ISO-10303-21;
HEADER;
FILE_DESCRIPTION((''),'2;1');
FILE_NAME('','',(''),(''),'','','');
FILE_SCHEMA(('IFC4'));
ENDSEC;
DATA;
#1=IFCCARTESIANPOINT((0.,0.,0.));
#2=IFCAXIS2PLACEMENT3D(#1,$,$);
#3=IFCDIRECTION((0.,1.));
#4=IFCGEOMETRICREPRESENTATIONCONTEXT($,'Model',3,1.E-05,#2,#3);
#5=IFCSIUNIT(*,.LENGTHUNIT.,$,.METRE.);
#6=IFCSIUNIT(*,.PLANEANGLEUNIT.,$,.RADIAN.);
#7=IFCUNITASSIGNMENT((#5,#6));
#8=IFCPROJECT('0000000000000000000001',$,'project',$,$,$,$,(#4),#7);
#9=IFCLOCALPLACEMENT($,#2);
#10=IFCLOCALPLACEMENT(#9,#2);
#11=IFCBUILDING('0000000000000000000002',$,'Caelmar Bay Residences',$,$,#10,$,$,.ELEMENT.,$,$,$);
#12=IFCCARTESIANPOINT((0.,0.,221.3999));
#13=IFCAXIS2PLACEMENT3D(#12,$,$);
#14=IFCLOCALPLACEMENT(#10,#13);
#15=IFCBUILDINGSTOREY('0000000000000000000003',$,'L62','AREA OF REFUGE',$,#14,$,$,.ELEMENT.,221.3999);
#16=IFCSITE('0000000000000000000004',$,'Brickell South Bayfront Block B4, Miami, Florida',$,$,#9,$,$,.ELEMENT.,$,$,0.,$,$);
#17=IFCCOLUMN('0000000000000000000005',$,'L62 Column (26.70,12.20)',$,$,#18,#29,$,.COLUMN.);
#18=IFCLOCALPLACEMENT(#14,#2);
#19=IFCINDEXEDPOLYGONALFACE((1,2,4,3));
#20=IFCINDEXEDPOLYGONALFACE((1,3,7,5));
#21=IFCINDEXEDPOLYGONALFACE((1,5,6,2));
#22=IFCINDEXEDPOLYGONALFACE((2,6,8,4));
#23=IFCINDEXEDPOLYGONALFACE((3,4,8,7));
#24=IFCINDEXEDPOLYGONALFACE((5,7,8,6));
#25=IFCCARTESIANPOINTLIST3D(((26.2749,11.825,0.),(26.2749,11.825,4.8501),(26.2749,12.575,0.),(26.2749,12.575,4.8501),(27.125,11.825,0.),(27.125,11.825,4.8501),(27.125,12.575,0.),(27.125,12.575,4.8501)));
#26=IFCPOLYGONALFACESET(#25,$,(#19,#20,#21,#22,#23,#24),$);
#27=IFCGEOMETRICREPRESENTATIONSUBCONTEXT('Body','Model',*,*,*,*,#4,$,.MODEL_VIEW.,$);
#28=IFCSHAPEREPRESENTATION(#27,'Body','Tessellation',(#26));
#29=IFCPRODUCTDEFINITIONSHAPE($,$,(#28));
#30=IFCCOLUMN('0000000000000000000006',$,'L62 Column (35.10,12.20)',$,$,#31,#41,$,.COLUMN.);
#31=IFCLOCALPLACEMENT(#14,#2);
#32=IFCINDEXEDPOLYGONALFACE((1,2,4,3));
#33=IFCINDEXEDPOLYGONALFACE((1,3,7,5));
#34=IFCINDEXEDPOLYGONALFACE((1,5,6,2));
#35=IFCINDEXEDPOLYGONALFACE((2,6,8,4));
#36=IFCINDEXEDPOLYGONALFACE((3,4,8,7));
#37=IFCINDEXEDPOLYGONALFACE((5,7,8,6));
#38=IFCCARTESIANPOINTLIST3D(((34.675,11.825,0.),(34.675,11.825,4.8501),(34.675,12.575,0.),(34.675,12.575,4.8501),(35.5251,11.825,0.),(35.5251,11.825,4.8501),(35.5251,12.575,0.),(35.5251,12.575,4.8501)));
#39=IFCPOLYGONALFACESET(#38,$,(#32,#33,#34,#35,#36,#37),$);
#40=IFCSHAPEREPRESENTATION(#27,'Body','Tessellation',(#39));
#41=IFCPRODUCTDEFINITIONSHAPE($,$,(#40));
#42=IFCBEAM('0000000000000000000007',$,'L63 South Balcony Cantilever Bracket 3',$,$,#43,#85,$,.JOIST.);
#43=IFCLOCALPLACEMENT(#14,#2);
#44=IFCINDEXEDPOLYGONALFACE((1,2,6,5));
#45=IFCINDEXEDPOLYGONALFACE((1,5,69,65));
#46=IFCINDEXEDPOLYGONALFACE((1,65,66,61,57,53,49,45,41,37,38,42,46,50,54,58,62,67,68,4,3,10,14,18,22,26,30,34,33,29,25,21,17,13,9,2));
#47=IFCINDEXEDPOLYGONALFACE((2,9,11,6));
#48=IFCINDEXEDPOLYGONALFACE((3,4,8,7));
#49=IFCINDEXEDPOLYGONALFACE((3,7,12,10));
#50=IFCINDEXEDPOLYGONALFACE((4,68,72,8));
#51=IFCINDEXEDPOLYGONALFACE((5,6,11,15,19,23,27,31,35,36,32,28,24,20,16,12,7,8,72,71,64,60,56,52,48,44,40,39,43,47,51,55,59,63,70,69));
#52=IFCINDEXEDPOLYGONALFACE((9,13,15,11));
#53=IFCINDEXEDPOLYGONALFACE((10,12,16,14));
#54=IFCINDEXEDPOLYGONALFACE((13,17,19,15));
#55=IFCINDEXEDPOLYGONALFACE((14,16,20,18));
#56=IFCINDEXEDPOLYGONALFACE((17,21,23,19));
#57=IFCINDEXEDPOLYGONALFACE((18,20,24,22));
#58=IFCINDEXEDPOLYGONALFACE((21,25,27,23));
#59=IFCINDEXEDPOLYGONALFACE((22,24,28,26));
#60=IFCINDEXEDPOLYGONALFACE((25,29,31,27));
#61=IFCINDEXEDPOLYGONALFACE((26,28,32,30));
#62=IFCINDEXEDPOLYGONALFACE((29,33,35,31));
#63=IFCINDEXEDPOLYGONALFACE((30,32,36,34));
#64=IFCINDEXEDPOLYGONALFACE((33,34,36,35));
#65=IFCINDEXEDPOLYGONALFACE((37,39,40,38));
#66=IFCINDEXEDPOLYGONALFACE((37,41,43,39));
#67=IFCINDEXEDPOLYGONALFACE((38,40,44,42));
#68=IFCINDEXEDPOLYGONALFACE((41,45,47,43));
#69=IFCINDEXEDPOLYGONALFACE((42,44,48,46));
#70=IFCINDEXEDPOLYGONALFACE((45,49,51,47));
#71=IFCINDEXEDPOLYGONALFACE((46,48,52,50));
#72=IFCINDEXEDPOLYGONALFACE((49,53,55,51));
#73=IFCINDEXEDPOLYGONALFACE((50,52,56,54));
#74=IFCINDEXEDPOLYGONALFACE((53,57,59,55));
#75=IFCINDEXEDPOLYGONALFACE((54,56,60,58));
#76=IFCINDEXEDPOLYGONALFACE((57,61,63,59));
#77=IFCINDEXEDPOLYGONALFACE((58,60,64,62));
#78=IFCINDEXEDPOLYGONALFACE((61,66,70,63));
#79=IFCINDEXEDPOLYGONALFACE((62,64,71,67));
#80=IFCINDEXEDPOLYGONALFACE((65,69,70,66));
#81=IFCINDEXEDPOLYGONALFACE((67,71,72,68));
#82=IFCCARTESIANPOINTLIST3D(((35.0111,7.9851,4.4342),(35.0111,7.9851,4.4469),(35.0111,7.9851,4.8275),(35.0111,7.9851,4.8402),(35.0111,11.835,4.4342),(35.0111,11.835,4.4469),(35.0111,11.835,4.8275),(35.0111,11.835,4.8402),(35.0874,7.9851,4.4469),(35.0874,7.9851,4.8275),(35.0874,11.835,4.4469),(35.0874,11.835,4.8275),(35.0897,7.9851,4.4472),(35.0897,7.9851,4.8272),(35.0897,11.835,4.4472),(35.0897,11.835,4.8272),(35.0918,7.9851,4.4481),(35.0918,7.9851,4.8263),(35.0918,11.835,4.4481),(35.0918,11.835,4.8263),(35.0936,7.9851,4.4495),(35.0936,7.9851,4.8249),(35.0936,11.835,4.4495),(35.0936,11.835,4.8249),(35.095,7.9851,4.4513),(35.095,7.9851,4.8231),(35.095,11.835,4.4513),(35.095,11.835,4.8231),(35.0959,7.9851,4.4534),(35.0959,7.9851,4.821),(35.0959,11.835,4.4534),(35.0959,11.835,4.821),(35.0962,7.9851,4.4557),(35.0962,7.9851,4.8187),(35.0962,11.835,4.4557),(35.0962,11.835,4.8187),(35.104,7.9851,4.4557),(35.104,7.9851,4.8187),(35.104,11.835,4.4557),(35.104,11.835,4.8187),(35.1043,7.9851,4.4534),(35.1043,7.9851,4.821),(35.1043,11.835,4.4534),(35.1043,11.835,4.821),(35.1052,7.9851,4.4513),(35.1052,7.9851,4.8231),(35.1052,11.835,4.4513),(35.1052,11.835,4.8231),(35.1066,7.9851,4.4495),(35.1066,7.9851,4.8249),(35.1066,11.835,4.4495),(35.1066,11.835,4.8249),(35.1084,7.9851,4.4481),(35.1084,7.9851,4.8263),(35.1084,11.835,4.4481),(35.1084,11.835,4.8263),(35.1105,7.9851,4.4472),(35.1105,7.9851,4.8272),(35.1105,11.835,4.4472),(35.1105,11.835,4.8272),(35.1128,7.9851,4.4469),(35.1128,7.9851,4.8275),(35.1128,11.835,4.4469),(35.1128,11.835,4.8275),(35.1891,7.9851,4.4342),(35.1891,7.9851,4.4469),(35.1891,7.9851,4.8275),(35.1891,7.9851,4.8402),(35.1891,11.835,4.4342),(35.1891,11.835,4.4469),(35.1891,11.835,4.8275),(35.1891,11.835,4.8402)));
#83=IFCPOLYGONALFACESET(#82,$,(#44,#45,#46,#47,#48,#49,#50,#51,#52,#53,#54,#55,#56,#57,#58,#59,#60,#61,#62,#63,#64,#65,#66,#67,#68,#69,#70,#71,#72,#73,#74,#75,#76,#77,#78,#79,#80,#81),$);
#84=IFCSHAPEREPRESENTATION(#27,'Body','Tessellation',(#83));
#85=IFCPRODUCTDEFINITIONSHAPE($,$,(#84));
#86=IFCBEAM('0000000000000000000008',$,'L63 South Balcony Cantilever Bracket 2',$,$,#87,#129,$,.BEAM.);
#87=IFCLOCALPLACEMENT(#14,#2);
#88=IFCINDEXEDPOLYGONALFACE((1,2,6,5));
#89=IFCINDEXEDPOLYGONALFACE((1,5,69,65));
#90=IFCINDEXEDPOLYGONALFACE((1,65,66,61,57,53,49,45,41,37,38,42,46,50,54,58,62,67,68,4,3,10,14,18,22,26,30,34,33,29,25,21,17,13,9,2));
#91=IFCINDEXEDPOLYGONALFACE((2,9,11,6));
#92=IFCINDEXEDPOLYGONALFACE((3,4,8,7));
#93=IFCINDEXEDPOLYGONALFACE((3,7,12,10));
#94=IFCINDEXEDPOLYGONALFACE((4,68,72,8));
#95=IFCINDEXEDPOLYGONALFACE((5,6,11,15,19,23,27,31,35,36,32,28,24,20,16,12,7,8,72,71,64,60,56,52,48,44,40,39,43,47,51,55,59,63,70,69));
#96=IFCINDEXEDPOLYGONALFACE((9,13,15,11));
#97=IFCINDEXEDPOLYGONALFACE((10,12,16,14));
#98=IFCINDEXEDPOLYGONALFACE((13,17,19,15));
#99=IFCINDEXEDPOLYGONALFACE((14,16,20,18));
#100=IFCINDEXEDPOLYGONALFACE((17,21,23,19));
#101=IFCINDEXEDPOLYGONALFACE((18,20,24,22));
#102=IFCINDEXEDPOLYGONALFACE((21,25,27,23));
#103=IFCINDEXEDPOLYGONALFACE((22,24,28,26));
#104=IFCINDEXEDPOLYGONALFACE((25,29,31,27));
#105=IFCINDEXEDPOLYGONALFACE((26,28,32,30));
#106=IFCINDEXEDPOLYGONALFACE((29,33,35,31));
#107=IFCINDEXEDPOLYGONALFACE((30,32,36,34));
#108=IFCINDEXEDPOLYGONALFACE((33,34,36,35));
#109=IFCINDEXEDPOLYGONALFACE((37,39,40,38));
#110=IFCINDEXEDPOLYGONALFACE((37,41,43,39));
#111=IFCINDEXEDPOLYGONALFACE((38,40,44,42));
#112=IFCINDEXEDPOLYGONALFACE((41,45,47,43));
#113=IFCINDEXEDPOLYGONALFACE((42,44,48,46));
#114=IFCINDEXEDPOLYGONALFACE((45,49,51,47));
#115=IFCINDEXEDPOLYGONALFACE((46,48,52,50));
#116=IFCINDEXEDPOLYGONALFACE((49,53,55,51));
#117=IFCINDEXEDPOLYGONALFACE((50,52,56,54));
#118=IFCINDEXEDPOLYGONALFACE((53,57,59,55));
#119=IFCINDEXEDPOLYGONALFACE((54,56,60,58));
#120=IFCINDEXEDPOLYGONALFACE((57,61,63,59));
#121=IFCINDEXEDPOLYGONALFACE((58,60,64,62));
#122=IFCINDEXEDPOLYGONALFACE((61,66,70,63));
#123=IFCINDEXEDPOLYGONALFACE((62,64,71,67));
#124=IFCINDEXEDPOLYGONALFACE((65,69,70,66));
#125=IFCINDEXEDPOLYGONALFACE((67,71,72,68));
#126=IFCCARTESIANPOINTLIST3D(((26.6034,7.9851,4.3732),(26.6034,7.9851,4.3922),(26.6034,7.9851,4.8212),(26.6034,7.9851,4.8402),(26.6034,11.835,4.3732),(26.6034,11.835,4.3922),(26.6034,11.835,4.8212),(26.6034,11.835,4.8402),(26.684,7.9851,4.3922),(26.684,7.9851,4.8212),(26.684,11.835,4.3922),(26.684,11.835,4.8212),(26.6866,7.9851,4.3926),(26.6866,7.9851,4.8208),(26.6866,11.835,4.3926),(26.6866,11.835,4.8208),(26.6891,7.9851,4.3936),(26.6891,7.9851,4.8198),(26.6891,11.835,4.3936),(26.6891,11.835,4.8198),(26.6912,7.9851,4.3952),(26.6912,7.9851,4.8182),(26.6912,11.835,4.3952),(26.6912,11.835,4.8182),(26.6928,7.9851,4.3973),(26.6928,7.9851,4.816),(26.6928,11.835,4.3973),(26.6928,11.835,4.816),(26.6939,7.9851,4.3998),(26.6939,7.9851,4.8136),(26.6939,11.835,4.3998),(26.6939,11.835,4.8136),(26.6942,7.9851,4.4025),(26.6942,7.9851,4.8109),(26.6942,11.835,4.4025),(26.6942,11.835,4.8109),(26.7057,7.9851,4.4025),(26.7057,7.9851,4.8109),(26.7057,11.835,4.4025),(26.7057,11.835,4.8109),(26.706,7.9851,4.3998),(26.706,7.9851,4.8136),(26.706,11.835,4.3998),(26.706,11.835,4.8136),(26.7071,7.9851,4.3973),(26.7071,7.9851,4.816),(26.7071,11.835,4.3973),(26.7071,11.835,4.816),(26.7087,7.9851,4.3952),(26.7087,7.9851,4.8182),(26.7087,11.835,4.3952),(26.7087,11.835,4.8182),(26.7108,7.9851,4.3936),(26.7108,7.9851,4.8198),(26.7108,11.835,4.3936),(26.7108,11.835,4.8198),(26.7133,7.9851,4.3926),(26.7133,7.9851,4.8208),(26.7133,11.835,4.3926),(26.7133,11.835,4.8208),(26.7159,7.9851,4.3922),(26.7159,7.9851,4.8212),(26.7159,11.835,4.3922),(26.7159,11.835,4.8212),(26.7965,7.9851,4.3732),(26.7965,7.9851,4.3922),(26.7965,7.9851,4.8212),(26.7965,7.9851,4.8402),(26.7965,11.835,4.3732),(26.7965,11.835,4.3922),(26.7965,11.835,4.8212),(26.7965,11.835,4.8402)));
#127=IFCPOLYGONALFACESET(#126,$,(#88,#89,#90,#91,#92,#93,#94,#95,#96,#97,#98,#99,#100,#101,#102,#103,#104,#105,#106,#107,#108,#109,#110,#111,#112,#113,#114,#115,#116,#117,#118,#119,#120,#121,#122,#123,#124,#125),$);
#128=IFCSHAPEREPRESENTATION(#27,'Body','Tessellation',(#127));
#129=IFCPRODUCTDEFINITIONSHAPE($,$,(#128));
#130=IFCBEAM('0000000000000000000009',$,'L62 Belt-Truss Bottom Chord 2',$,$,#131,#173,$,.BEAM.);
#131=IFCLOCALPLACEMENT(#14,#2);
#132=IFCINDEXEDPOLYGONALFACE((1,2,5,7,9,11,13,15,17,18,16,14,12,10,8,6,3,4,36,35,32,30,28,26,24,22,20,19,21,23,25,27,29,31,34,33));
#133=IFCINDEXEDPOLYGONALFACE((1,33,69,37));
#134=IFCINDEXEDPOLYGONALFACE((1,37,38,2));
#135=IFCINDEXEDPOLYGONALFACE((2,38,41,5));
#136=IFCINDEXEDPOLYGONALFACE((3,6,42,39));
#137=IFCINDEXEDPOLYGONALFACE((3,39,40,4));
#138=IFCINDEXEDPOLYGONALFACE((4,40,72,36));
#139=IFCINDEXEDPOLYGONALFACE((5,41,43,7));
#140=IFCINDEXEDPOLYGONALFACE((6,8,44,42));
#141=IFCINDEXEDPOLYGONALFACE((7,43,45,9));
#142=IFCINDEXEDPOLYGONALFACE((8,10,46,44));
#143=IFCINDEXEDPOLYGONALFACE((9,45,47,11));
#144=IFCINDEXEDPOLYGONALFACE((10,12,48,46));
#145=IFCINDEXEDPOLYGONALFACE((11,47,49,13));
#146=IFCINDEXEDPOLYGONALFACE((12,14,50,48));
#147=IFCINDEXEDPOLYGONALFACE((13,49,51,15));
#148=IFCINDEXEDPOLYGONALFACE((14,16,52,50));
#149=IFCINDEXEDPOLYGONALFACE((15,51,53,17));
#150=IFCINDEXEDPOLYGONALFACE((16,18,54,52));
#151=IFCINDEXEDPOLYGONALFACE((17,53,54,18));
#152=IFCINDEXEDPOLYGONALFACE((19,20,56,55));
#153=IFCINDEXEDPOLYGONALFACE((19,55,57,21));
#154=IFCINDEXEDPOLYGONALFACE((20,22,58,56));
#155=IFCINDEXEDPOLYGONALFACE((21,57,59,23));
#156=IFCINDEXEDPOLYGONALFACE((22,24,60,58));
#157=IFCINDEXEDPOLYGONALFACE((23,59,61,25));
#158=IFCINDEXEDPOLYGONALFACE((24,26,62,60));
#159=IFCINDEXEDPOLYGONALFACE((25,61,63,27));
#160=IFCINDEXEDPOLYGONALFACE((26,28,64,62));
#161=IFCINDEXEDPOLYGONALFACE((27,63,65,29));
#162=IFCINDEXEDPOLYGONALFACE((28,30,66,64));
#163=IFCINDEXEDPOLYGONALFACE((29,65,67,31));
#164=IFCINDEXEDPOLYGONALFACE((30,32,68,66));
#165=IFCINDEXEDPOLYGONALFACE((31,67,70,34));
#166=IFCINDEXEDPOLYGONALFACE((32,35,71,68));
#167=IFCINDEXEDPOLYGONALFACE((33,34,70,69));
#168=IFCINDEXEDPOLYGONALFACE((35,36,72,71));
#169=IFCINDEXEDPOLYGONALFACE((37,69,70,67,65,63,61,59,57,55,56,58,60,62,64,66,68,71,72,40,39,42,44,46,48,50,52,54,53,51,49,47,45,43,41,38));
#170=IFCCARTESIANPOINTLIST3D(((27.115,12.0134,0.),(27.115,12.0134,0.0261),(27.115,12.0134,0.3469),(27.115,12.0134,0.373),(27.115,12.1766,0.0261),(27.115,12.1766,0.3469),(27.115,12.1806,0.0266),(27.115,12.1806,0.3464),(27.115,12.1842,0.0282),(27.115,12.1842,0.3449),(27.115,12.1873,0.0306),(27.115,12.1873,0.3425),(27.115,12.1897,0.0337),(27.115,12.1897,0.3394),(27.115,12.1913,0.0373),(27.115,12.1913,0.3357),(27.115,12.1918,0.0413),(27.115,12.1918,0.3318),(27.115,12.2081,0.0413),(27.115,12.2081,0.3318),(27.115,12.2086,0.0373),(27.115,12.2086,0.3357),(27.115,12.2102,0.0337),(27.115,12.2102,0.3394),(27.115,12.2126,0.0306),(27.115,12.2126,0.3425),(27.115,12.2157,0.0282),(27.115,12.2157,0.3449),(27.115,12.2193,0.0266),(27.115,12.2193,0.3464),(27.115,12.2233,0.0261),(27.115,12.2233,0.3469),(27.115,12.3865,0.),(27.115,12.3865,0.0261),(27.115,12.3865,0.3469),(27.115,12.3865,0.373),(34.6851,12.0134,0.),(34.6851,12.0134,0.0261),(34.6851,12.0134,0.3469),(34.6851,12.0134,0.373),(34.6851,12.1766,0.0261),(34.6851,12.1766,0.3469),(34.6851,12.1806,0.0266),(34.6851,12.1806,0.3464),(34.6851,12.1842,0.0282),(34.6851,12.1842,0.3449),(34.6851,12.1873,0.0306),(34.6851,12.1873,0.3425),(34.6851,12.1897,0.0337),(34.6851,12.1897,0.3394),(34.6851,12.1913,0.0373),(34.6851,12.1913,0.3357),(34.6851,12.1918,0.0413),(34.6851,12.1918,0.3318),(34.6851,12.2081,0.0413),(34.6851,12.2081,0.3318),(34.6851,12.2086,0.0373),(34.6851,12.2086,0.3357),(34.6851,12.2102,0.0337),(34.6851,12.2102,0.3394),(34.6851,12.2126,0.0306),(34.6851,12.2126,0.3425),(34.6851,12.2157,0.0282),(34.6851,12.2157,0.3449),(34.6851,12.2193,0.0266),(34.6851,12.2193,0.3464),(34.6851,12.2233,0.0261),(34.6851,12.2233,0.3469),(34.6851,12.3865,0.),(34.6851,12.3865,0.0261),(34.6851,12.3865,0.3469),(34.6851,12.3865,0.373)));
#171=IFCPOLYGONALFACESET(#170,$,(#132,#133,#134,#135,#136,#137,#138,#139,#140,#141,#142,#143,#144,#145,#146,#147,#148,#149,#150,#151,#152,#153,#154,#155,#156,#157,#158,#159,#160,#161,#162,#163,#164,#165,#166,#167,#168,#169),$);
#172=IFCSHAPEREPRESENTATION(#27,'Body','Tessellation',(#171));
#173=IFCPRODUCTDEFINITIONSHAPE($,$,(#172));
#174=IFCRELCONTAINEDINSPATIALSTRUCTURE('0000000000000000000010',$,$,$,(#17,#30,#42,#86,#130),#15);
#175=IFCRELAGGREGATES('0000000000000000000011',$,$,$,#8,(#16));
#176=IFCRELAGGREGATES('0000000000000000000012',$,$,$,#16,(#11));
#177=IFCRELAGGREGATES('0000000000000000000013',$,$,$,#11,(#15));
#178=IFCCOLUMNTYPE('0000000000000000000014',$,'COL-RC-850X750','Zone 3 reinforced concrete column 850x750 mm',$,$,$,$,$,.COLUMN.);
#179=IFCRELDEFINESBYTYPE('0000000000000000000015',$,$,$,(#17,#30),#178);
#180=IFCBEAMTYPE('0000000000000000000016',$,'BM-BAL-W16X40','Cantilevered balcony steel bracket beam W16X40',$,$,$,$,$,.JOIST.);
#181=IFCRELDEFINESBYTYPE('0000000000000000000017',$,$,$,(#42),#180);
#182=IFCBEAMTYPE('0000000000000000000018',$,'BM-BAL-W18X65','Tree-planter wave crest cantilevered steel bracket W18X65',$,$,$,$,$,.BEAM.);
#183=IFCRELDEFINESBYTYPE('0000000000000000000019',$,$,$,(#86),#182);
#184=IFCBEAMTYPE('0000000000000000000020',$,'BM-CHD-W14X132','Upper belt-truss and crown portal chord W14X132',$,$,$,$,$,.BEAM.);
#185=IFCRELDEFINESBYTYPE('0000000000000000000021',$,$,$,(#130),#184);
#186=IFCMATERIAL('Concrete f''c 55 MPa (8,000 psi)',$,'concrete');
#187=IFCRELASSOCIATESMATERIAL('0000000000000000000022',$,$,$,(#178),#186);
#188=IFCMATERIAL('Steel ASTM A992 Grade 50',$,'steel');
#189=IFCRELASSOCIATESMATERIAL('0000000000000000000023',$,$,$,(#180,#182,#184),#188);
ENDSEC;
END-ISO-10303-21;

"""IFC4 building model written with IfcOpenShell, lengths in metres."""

from ifc_helpers import new_model, si_unit, direction, frame, origin, origin_2d, place, context, subcontext, project, spatial, rectangle, i_section, extrude, material, material_profile, profile_set, type_object, element, save


model = new_model("IFC4")

# Units and contexts
model_context = context("Model", 3, precision=1e-05, world=origin(), true_north=direction((0.0, 1.0)))
body_context = subcontext(model_context, "Body", "Model", "MODEL_VIEW")
ifc_project = project(units=[si_unit("LENGTHUNIT", "METRE"), si_unit("PLANEANGLEUNIT", "RADIAN")], contexts=[model_context])

# Site, building, storey
site_placement = place(None, origin())
site = spatial("IfcSite", under=ifc_project, at=site_placement, Name="Brickell South Bayfront Block B4, Miami, Florida", CompositionType="ELEMENT", RefElevation=0.0)
building_placement = place(site_placement, origin())
building = spatial("IfcBuilding", under=site, at=building_placement, Name="Caelmar Bay Residences", CompositionType="ELEMENT")
storey_placement = place(building_placement, frame((0.0, 0.0, 221.3999)))
storey = spatial("IfcBuildingStorey", under=building, at=storey_placement, Name="L62", Description="AREA OF REFUGE", CompositionType="ELEMENT", Elevation=221.3999)

# Columns
ifc_material_1 = material(Name="Concrete f'c 55 MPa (8,000 psi)", Category="concrete")
ifc_material_profile_1 = material_profile(ifc_material_1, rectangle(XDim=0.8501, YDim=0.75, at=origin_2d()), Name="RC-COL-850X750")
ifc_profile_set_1 = profile_set([ifc_material_profile_1], Name="Concrete f'c 55 MPa (8,000 psi)")
column_type = type_object("IfcColumnType", Name="COL-RC-850X750", Description="Zone 3 reinforced concrete column 850x750 mm", PredefinedType="COLUMN", material=ifc_profile_set_1)
for number, where, z_axis, x_axis, name in (
    (1, (26.7, 12.2, 0.0), (0.0, 0.0, 1.0), (1.0, 0.0, 0.0), "L62 Column (26.70,12.20)"),
    (2, (35.1001, 12.2, 0.0), (0.0, 0.0, 1.0), (1.0, 0.0, 0.0), "L62 Column (35.10,12.20)"),
):
    element("IfcColumn", number, at=place(storey_placement, frame(where, z_axis=z_axis, x_axis=x_axis)), inside=storey, type_object=column_type, Name=name, PredefinedType="COLUMN", context=body_context, shape_type="SweptSolid", body=[
        extrude(rectangle(XDim=0.8501, YDim=0.75, at=origin_2d()), origin(), (0.0, 0.0, 1.0), 4.8501),
    ])

# Beams
ifc_material_2 = material(Name="Steel ASTM A992 Grade 50", Category="steel")
ifc_material_profile_2 = material_profile(ifc_material_2, i_section(OverallWidth=0.178, OverallDepth=0.406, WebThickness=0.0078, FlangeThickness=0.0127, FilletRadius=0.0088, at=origin_2d()), Name="W16X40")
ifc_profile_set_2 = profile_set([ifc_material_profile_2], Name="Steel ASTM A992 Grade 50")
beam_type_1 = type_object("IfcBeamType", Name="BM-BAL-W16X40", Description="Cantilevered balcony steel bracket beam W16X40", PredefinedType="JOIST", material=ifc_profile_set_2)
beam_1_placement = place(storey_placement, frame((35.1001, 11.835, 4.6372), z_axis=(0.0, -1.0, 0.0), x_axis=(1.0, 0.0, 0.0)))
element("IfcBeam", 3, at=beam_1_placement, inside=storey, type_object=beam_type_1, Name="L63 South Balcony Cantilever Bracket 3", PredefinedType="JOIST", context=body_context, shape_type="SweptSolid", body=[
    extrude(i_section(OverallWidth=0.178, OverallDepth=0.406, WebThickness=0.0078, FlangeThickness=0.0127, FilletRadius=0.0088, at=origin_2d()), origin(), (0.0, 0.0, 1.0), 3.8499),
])
ifc_material_profile_3 = material_profile(ifc_material_2, i_section(OverallWidth=0.1931, OverallDepth=0.467, WebThickness=0.0115, FlangeThickness=0.019, FilletRadius=0.0103, at=origin_2d()), Name="W18X65")
ifc_profile_set_3 = profile_set([ifc_material_profile_3], Name="Steel ASTM A992 Grade 50")
beam_type_2 = type_object("IfcBeamType", Name="BM-BAL-W18X65", Description="Tree-planter wave crest cantilevered steel bracket W18X65", PredefinedType="BEAM", material=ifc_profile_set_3)
beam_2_placement = place(storey_placement, frame((26.7, 11.835, 4.6067), z_axis=(0.0, -1.0, 0.0), x_axis=(1.0, 0.0, 0.0)))
element("IfcBeam", 4, at=beam_2_placement, inside=storey, type_object=beam_type_2, Name="L63 South Balcony Cantilever Bracket 2", PredefinedType="BEAM", context=body_context, shape_type="SweptSolid", body=[
    extrude(i_section(OverallWidth=0.1931, OverallDepth=0.467, WebThickness=0.0115, FlangeThickness=0.019, FilletRadius=0.0103, at=origin_2d()), origin(), (0.0, 0.0, 1.0), 3.8499),
])
ifc_material_profile_4 = material_profile(ifc_material_2, i_section(OverallWidth=0.373, OverallDepth=0.373, WebThickness=0.0164, FlangeThickness=0.0261, FilletRadius=0.0151, at=origin_2d()), Name="W14X132")
ifc_profile_set_4 = profile_set([ifc_material_profile_4], Name="Steel ASTM A992 Grade 50")
beam_type_3 = type_object("IfcBeamType", Name="BM-CHD-W14X132", Description="Upper belt-truss and crown portal chord W14X132", PredefinedType="BEAM", material=ifc_profile_set_4)
beam_3_placement = place(storey_placement, frame((27.115, 12.2, 0.1865), z_axis=(1.0, 0.0, 0.0), x_axis=(0.0, 1.0, 0.0)))
element("IfcBeam", 5, at=beam_3_placement, inside=storey, type_object=beam_type_3, Name="L62 Belt-Truss Bottom Chord 2", PredefinedType="BEAM", context=body_context, shape_type="SweptSolid", body=[
    extrude(i_section(OverallWidth=0.373, OverallDepth=0.373, WebThickness=0.0164, FlangeThickness=0.0261, FilletRadius=0.0151, at=origin_2d()), origin(), (0.0, 0.0, 1.0), 7.5701),
])

save(model, "model.ifc")
